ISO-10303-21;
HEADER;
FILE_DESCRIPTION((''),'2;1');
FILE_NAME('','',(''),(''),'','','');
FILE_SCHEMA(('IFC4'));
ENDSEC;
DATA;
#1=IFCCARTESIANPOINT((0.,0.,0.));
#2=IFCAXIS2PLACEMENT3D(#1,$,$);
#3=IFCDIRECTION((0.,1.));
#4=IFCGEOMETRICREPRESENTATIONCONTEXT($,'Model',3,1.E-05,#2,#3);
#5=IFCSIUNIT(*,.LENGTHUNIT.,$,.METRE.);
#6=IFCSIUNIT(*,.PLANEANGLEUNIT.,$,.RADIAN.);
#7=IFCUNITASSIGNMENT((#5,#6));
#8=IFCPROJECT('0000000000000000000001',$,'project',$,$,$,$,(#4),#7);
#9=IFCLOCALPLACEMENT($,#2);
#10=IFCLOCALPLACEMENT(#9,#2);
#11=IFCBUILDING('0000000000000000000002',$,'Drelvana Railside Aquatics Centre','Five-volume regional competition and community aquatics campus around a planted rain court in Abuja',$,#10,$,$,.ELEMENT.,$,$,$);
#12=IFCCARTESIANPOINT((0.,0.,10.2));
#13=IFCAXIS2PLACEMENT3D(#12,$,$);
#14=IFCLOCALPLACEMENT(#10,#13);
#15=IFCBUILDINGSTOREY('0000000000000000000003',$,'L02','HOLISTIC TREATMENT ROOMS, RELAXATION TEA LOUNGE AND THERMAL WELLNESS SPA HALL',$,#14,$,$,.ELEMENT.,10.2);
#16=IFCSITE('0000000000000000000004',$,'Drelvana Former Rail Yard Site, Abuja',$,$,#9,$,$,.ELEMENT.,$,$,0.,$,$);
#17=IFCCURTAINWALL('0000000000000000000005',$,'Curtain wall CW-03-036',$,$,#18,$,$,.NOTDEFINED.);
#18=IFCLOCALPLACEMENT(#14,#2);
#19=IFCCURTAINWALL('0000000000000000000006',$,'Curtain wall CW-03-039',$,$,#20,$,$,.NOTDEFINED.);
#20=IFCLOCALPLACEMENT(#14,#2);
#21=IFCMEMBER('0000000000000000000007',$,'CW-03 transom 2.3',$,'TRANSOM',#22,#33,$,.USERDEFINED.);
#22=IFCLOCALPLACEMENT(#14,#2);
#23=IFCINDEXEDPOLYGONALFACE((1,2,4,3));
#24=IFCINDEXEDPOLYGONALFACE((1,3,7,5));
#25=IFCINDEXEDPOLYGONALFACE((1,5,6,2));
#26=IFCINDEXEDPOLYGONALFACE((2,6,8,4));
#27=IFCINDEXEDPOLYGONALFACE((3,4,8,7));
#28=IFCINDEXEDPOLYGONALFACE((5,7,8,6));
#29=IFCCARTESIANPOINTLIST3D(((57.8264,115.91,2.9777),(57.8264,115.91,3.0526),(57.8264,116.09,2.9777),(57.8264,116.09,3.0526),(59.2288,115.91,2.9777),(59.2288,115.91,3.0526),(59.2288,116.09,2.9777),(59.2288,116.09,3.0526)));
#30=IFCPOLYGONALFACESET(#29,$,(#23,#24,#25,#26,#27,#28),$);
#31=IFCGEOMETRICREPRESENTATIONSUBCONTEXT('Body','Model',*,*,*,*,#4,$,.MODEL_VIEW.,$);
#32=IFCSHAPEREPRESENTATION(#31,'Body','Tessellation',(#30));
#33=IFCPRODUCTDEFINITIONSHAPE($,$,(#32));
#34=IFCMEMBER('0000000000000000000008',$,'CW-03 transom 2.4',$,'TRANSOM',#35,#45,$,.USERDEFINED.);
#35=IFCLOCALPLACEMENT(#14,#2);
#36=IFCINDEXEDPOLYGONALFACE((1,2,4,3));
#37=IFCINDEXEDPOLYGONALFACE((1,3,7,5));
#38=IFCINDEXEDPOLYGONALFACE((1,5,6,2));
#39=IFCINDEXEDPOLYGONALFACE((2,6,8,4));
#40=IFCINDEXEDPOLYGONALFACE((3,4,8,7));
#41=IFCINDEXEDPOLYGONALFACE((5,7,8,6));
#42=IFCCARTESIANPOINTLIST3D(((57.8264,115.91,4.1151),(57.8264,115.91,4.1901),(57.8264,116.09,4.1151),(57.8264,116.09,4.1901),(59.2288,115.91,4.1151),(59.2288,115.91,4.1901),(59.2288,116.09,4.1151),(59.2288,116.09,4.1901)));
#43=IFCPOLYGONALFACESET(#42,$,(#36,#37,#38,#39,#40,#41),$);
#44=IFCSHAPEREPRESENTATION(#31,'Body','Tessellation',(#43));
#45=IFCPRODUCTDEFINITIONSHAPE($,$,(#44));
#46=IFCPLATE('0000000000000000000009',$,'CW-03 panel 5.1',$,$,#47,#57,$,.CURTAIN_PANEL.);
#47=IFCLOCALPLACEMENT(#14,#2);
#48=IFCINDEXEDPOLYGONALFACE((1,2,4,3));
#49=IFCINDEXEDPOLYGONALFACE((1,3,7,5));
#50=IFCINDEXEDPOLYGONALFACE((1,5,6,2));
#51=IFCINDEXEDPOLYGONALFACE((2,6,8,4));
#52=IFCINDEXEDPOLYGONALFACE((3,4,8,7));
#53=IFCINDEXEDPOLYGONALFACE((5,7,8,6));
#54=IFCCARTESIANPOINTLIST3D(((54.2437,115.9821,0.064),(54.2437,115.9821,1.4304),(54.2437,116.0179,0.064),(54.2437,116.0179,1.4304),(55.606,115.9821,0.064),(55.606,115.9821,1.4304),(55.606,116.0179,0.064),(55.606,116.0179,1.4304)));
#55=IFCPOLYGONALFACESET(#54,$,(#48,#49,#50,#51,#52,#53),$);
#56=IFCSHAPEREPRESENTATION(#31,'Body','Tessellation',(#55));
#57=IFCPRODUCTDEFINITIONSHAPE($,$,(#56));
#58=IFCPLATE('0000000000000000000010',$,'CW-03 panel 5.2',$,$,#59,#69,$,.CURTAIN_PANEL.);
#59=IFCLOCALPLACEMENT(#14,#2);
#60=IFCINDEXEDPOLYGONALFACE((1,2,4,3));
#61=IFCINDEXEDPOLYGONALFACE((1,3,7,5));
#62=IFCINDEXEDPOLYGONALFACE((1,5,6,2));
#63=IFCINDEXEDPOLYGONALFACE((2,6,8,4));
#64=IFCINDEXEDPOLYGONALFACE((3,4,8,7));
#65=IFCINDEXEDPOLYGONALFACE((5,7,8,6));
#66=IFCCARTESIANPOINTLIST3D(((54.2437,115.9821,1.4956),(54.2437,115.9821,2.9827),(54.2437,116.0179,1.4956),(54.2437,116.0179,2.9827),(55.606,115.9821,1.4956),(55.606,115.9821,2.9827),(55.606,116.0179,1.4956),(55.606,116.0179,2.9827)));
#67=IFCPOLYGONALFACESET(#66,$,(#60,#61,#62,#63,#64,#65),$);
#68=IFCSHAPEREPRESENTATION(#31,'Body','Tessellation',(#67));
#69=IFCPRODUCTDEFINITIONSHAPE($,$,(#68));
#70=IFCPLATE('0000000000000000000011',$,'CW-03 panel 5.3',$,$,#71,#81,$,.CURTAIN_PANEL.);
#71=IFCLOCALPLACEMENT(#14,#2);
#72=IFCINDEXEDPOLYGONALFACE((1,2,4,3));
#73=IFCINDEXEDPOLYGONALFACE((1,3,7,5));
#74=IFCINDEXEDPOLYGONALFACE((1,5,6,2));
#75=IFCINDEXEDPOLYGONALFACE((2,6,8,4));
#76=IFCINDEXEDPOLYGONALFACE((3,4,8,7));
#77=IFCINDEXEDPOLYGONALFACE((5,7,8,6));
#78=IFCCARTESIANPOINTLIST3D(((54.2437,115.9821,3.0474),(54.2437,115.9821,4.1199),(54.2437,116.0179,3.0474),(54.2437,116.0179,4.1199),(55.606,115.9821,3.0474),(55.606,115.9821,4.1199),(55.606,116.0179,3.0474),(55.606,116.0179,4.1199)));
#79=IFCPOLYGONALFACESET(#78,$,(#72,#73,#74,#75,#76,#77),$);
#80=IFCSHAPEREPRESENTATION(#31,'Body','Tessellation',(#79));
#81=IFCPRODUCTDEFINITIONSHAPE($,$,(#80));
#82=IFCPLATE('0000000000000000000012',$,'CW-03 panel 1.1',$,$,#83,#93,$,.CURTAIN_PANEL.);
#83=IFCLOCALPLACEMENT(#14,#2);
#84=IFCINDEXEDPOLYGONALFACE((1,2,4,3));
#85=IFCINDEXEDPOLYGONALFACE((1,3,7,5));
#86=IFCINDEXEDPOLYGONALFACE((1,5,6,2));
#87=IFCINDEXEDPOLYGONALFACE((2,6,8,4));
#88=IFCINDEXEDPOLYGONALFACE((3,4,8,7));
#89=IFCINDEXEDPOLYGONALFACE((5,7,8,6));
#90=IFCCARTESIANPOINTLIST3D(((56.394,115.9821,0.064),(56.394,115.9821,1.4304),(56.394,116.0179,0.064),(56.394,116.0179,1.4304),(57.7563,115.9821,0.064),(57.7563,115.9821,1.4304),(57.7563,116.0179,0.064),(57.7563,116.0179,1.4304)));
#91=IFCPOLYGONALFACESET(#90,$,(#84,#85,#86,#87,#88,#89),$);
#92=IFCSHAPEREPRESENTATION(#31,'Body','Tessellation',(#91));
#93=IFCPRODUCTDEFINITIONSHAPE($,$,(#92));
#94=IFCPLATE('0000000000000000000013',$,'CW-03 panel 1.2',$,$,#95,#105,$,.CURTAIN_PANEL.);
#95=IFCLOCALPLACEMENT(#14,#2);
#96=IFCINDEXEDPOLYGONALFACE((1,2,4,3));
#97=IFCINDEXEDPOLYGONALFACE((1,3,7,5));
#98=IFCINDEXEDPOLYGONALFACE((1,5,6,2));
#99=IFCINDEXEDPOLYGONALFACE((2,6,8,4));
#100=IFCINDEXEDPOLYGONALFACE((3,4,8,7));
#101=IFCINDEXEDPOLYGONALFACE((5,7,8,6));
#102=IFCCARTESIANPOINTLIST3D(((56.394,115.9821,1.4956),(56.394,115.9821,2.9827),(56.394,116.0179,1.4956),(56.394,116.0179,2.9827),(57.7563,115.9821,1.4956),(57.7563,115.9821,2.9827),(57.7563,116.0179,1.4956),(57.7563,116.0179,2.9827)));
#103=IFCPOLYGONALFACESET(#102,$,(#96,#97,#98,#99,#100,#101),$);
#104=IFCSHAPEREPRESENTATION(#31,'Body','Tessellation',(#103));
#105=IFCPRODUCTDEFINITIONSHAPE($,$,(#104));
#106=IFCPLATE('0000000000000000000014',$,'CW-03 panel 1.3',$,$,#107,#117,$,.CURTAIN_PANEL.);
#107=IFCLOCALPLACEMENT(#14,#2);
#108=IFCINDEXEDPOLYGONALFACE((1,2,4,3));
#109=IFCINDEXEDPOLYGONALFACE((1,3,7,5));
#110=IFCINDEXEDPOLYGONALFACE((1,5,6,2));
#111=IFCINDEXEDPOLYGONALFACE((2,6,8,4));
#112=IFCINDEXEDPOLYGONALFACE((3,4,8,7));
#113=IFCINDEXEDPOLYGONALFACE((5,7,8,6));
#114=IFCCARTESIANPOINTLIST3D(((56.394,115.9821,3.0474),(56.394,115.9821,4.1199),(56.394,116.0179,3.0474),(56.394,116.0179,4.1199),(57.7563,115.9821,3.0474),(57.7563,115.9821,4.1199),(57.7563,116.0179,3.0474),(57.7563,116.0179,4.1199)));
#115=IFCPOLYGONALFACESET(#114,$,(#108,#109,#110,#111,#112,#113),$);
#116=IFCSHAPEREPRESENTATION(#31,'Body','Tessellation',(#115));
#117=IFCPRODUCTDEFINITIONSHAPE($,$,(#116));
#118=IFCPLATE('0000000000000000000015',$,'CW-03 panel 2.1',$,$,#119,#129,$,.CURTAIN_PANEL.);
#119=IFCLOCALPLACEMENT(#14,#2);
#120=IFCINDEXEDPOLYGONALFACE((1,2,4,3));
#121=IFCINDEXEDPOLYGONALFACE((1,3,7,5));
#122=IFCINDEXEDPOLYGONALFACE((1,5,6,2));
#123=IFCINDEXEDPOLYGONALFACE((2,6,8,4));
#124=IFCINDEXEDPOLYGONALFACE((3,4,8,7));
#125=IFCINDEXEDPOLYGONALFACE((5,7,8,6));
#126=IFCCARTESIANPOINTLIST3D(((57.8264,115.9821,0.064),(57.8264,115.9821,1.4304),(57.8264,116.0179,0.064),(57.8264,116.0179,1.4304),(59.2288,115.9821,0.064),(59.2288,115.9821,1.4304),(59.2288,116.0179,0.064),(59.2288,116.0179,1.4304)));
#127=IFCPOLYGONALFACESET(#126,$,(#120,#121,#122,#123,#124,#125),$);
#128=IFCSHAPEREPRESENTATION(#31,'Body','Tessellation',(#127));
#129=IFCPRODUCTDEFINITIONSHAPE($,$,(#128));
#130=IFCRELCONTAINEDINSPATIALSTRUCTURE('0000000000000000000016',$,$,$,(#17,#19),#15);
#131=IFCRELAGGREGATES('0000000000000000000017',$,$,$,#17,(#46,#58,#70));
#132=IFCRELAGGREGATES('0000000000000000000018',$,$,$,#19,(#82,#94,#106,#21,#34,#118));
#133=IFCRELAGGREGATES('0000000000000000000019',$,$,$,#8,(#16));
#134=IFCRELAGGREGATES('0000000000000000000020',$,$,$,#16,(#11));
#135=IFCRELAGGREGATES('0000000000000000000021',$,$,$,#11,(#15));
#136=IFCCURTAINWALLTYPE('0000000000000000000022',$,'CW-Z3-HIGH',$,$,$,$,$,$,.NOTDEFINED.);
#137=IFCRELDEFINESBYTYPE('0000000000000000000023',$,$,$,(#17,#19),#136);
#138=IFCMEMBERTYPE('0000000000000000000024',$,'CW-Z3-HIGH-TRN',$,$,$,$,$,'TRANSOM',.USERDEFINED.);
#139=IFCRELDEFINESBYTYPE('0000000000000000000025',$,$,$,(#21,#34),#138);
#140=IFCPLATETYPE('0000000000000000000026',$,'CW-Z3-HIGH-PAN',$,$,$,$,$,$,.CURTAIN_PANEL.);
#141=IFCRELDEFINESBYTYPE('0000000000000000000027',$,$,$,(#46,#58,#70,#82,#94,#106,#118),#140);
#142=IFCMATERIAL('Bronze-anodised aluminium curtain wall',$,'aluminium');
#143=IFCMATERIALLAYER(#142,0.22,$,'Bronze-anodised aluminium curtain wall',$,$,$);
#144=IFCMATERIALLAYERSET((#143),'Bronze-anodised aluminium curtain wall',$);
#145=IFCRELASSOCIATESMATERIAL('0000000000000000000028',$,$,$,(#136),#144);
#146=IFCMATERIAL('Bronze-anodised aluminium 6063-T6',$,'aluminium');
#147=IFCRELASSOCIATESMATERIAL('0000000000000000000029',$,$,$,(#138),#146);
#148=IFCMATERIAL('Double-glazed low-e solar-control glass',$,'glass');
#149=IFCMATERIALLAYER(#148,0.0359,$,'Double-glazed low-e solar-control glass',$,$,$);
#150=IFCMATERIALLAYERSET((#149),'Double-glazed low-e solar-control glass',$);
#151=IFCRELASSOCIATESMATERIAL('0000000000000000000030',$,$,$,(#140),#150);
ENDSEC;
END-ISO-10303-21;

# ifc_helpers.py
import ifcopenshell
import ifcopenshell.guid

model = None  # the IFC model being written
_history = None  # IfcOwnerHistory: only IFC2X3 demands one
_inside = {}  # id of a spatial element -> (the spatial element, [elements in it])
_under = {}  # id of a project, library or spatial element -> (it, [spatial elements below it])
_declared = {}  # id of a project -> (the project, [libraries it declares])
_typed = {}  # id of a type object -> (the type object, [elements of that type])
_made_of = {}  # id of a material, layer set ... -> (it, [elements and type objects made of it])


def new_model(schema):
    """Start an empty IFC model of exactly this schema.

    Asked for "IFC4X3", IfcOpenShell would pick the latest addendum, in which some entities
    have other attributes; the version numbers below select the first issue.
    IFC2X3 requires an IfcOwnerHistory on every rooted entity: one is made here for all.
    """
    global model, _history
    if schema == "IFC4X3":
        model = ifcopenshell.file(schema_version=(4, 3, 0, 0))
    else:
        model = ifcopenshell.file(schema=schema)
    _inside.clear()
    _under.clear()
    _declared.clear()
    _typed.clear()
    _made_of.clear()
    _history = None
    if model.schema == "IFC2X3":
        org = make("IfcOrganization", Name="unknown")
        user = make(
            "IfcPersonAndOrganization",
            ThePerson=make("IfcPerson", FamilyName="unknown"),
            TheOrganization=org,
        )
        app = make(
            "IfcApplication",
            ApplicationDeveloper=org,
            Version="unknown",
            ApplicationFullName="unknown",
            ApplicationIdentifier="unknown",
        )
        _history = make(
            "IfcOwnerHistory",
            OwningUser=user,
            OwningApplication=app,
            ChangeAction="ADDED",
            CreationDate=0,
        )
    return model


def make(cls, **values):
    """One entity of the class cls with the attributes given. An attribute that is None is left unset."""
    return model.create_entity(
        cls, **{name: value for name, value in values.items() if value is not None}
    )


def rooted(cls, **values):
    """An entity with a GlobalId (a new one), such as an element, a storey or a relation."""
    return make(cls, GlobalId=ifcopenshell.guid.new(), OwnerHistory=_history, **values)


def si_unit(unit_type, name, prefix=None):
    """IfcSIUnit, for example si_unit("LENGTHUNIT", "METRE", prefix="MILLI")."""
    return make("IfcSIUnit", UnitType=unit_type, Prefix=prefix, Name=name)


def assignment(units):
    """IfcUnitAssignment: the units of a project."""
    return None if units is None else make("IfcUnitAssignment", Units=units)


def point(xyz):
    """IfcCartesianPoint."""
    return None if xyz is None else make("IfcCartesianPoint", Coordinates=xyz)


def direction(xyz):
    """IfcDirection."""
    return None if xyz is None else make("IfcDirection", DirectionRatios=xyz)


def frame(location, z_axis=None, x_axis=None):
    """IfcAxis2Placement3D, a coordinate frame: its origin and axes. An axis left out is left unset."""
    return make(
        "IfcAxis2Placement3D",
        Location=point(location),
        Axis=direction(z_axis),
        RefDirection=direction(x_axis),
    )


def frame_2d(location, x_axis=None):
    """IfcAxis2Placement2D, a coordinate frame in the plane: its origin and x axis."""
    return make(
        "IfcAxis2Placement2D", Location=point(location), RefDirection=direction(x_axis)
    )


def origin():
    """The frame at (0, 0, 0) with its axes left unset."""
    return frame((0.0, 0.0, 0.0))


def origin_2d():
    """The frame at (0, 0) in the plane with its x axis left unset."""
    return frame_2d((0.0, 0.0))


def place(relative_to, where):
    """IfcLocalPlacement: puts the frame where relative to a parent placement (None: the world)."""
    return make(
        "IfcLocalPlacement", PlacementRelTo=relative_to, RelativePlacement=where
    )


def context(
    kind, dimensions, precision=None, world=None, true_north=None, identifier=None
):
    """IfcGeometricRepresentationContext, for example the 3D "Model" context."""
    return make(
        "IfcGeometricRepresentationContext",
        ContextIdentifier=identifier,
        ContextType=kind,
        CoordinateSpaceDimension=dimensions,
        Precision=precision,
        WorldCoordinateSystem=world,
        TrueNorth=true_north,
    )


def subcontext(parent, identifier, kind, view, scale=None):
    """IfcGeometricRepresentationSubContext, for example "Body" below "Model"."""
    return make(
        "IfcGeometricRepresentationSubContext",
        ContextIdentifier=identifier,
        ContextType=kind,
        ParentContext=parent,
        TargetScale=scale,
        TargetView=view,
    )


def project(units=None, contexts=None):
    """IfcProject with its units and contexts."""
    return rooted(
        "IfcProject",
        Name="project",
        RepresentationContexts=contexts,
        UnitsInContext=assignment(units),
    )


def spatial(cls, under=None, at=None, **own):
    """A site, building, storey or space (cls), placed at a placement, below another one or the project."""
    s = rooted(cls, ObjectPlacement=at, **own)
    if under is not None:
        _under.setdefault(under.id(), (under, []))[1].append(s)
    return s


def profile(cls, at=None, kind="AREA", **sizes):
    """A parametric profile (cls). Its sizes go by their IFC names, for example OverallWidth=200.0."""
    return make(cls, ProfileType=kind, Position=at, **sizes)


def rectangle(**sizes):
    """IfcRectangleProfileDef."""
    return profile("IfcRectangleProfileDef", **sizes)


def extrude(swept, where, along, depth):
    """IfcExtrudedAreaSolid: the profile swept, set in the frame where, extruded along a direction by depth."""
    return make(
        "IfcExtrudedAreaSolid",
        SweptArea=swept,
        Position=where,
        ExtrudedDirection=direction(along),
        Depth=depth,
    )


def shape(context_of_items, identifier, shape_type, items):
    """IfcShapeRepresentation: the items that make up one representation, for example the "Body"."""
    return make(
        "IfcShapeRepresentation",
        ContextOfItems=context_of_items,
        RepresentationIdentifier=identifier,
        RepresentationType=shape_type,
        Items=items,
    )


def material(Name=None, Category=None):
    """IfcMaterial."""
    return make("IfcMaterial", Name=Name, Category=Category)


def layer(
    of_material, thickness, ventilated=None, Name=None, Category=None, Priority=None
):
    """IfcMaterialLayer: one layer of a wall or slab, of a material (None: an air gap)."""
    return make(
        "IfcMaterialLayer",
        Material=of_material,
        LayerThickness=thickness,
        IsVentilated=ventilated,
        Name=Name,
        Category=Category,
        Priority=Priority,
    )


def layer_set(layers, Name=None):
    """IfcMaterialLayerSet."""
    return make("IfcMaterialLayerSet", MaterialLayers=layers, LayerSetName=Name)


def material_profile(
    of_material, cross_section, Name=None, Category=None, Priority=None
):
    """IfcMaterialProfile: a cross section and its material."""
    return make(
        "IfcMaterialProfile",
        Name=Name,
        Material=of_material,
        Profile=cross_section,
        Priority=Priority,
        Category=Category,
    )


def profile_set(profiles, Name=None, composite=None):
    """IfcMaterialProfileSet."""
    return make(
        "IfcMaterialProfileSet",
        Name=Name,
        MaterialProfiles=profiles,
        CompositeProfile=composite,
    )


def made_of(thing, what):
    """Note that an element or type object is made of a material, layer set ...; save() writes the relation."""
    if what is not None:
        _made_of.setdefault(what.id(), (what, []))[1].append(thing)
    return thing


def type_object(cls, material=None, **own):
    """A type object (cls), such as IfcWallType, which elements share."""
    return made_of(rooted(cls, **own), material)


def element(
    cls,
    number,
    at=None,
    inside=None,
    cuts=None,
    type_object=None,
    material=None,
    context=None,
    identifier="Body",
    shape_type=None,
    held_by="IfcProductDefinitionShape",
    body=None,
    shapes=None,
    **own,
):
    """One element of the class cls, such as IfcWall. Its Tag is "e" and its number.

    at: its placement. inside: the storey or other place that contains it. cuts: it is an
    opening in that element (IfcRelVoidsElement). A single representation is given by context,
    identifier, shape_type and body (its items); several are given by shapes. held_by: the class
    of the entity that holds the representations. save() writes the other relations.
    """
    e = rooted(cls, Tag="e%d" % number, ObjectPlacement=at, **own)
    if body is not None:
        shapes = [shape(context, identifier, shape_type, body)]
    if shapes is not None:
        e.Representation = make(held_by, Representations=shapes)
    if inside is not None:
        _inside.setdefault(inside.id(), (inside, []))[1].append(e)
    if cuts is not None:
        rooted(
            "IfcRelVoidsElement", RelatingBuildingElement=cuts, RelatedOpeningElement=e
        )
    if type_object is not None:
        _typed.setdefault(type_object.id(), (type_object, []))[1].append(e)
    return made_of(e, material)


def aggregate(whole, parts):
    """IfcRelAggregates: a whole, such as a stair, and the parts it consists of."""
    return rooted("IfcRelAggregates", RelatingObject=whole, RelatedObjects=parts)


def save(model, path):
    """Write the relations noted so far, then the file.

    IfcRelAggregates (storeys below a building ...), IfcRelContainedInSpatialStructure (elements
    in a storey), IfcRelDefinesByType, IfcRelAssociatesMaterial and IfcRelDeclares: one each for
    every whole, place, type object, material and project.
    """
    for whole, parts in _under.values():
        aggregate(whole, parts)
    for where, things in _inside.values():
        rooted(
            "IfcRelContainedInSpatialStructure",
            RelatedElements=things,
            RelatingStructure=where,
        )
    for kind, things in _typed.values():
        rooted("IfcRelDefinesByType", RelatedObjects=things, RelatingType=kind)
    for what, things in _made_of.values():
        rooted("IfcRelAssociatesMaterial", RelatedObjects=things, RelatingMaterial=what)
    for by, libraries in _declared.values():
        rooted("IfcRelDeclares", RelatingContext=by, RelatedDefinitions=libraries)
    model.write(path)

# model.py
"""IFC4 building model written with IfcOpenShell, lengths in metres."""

from ifc_helpers import new_model, si_unit, direction, frame, origin, origin_2d, place, context, subcontext, project, spatial, rectangle, extrude, material, layer, layer_set, material_profile, profile_set, type_object, element, aggregate, save


model = new_model("IFC4")

# Units and contexts
model_context = context("Model", 3, precision=1e-05, world=origin(), true_north=direction((0.0, 1.0)))
body_context = subcontext(model_context, "Body", "Model", "MODEL_VIEW")
ifc_project = project(units=[si_unit("LENGTHUNIT", "METRE"), si_unit("PLANEANGLEUNIT", "RADIAN")], contexts=[model_context])

# Site, building, storey
site_placement = place(None, origin())
site = spatial("IfcSite", under=ifc_project, at=site_placement, Name="Drelvana Former Rail Yard Site, Abuja", CompositionType="ELEMENT", RefElevation=0.0)
building_placement = place(site_placement, origin())
building = spatial("IfcBuilding", under=site, at=building_placement, Name="Drelvana Railside Aquatics Centre", Description="Five-volume regional competition and community aquatics campus around a planted rain court in Abuja", CompositionType="ELEMENT")
storey_placement = place(building_placement, frame((0.0, 0.0, 10.2)))
storey = spatial("IfcBuildingStorey", under=building, at=storey_placement, Name="L02", Description="HOLISTIC TREATMENT ROOMS, RELAXATION TEA LOUNGE AND THERMAL WELLNESS SPA HALL", CompositionType="ELEMENT", Elevation=10.2)

# Curtain wall
ifc_material_1 = material(Name="Bronze-anodised aluminium curtain wall", Category="aluminium")
ifc_layer_1 = layer(ifc_material_1, 0.22, Name="Bronze-anodised aluminium curtain wall")
ifc_layer_set_1 = layer_set([ifc_layer_1], Name="Bronze-anodised aluminium curtain wall")
curtain_wall_type = type_object("IfcCurtainWallType", Name="CW-Z3-HIGH", PredefinedType="NOTDEFINED", material=ifc_layer_set_1)
curtain_wall_1_placement = place(storey_placement, origin())
curtain_wall_1 = element("IfcCurtainWall", 1, at=curtain_wall_1_placement, inside=storey, type_object=curtain_wall_type, Name="Curtain wall CW-03-036", PredefinedType="NOTDEFINED")
ifc_material_2 = material(Name="Bronze-anodised aluminium 6063-T6", Category="aluminium")

# Curtain wall
curtain_wall_2_placement = place(storey_placement, origin())
curtain_wall_2 = element("IfcCurtainWall", 2, at=curtain_wall_2_placement, inside=storey, type_object=curtain_wall_type, Name="Curtain wall CW-03-039", PredefinedType="NOTDEFINED")

# Members
ifc_material_profile_1 = material_profile(ifc_material_2, rectangle(XDim=0.1799, YDim=0.075, at=origin_2d()), Name="ALU-T 75x180")
ifc_profile_set_1 = profile_set([ifc_material_profile_1], Name="Bronze-anodised aluminium 6063-T6")
member_type_1 = type_object("IfcMemberType", Name="CW-Z3-HIGH-TRN", ElementType="TRANSOM", PredefinedType="USERDEFINED", material=ifc_profile_set_1)
member_1_placement = place(storey_placement, frame((57.8264, 116.0, 3.0151), z_axis=(1.0, 0.0, 0.0), x_axis=(0.0, 1.0, 0.0)))
member_1 = element("IfcMember", 3, at=member_1_placement, type_object=member_type_1, Name="CW-03 transom 2.3", ObjectType="TRANSOM", PredefinedType="USERDEFINED", context=body_context, shape_type="SweptSolid", body=[
    extrude(rectangle(XDim=0.1799, YDim=0.075, at=origin_2d()), origin(), (0.0, 0.0, 1.0), 1.4023),
])
member_2_placement = place(storey_placement, frame((57.8264, 116.0, 4.1526), z_axis=(1.0, 0.0, 0.0), x_axis=(0.0, 1.0, 0.0)))
member_2 = element("IfcMember", 4, at=member_2_placement, type_object=member_type_1, Name="CW-03 transom 2.4", ObjectType="TRANSOM", PredefinedType="USERDEFINED", context=body_context, shape_type="SweptSolid", body=[
    extrude(rectangle(XDim=0.1799, YDim=0.075, at=origin_2d()), origin(), (0.0, 0.0, 1.0), 1.4023),
])

# Plates
ifc_material_3 = material(Name="Double-glazed low-e solar-control glass", Category="glass")
ifc_layer_2 = layer(ifc_material_3, 0.0359, Name="Double-glazed low-e solar-control glass")
ifc_layer_set_2 = layer_set([ifc_layer_2], Name="Double-glazed low-e solar-control glass")
plate_type = type_object("IfcPlateType", Name="CW-Z3-HIGH-PAN", PredefinedType="CURTAIN_PANEL", material=ifc_layer_set_2)
plate_1_placement = place(storey_placement, frame((54.9248, 116.0, 0.064), z_axis=(0.0, 0.0, 1.0), x_axis=(1.0, 0.0, 0.0)))
plate_1 = element("IfcPlate", 5, at=plate_1_placement, type_object=plate_type, Name="CW-03 panel 5.1", PredefinedType="CURTAIN_PANEL", context=body_context, shape_type="SweptSolid", body=[
    extrude(rectangle(XDim=1.3623, YDim=0.0359, at=origin_2d()), origin(), (0.0, 0.0, 1.0), 1.3665),
])
plate_2_placement = place(storey_placement, frame((54.9248, 116.0, 1.4956), z_axis=(0.0, 0.0, 1.0), x_axis=(1.0, 0.0, 0.0)))
plate_2 = element("IfcPlate", 6, at=plate_2_placement, type_object=plate_type, Name="CW-03 panel 5.2", PredefinedType="CURTAIN_PANEL", context=body_context, shape_type="SweptSolid", body=[
    extrude(rectangle(XDim=1.3623, YDim=0.0359, at=origin_2d()), origin(), (0.0, 0.0, 1.0), 1.4871),
])
plate_3_placement = place(storey_placement, frame((54.9248, 116.0, 3.0474), z_axis=(0.0, 0.0, 1.0), x_axis=(1.0, 0.0, 0.0)))
plate_3 = element("IfcPlate", 7, at=plate_3_placement, type_object=plate_type, Name="CW-03 panel 5.3", PredefinedType="CURTAIN_PANEL", context=body_context, shape_type="SweptSolid", body=[
    extrude(rectangle(XDim=1.3623, YDim=0.0359, at=origin_2d()), origin(), (0.0, 0.0, 1.0), 1.0725),
])
aggregate(curtain_wall_1, [plate_1, plate_2, plate_3])
plate_4_placement = place(storey_placement, frame((57.0752, 116.0, 0.064), z_axis=(0.0, 0.0, 1.0), x_axis=(1.0, 0.0, 0.0)))
plate_4 = element("IfcPlate", 8, at=plate_4_placement, type_object=plate_type, Name="CW-03 panel 1.1", PredefinedType="CURTAIN_PANEL", context=body_context, shape_type="SweptSolid", body=[
    extrude(rectangle(XDim=1.3623, YDim=0.0359, at=origin_2d()), origin(), (0.0, 0.0, 1.0), 1.3665),
])
plate_5_placement = place(storey_placement, frame((57.0752, 116.0, 1.4956), z_axis=(0.0, 0.0, 1.0), x_axis=(1.0, 0.0, 0.0)))
plate_5 = element("IfcPlate", 9, at=plate_5_placement, type_object=plate_type, Name="CW-03 panel 1.2", PredefinedType="CURTAIN_PANEL", context=body_context, shape_type="SweptSolid", body=[
    extrude(rectangle(XDim=1.3623, YDim=0.0359, at=origin_2d()), origin(), (0.0, 0.0, 1.0), 1.4871),
])
plate_6_placement = place(storey_placement, frame((57.0752, 116.0, 3.0474), z_axis=(0.0, 0.0, 1.0), x_axis=(1.0, 0.0, 0.0)))
plate_6 = element("IfcPlate", 10, at=plate_6_placement, type_object=plate_type, Name="CW-03 panel 1.3", PredefinedType="CURTAIN_PANEL", context=body_context, shape_type="SweptSolid", body=[
    extrude(rectangle(XDim=1.3623, YDim=0.0359, at=origin_2d()), origin(), (0.0, 0.0, 1.0), 1.0725),
])
plate_7_placement = place(storey_placement, frame((58.5276, 116.0, 0.064), z_axis=(0.0, 0.0, 1.0), x_axis=(1.0, 0.0, 0.0)))
plate_7 = element("IfcPlate", 11, at=plate_7_placement, type_object=plate_type, Name="CW-03 panel 2.1", PredefinedType="CURTAIN_PANEL", context=body_context, shape_type="SweptSolid", body=[
    extrude(rectangle(XDim=1.4023, YDim=0.0359, at=origin_2d()), origin(), (0.0, 0.0, 1.0), 1.3665),
])
aggregate(curtain_wall_2, [plate_4, plate_5, plate_6, member_1, member_2, plate_7])

save(model, "model.ifc")
